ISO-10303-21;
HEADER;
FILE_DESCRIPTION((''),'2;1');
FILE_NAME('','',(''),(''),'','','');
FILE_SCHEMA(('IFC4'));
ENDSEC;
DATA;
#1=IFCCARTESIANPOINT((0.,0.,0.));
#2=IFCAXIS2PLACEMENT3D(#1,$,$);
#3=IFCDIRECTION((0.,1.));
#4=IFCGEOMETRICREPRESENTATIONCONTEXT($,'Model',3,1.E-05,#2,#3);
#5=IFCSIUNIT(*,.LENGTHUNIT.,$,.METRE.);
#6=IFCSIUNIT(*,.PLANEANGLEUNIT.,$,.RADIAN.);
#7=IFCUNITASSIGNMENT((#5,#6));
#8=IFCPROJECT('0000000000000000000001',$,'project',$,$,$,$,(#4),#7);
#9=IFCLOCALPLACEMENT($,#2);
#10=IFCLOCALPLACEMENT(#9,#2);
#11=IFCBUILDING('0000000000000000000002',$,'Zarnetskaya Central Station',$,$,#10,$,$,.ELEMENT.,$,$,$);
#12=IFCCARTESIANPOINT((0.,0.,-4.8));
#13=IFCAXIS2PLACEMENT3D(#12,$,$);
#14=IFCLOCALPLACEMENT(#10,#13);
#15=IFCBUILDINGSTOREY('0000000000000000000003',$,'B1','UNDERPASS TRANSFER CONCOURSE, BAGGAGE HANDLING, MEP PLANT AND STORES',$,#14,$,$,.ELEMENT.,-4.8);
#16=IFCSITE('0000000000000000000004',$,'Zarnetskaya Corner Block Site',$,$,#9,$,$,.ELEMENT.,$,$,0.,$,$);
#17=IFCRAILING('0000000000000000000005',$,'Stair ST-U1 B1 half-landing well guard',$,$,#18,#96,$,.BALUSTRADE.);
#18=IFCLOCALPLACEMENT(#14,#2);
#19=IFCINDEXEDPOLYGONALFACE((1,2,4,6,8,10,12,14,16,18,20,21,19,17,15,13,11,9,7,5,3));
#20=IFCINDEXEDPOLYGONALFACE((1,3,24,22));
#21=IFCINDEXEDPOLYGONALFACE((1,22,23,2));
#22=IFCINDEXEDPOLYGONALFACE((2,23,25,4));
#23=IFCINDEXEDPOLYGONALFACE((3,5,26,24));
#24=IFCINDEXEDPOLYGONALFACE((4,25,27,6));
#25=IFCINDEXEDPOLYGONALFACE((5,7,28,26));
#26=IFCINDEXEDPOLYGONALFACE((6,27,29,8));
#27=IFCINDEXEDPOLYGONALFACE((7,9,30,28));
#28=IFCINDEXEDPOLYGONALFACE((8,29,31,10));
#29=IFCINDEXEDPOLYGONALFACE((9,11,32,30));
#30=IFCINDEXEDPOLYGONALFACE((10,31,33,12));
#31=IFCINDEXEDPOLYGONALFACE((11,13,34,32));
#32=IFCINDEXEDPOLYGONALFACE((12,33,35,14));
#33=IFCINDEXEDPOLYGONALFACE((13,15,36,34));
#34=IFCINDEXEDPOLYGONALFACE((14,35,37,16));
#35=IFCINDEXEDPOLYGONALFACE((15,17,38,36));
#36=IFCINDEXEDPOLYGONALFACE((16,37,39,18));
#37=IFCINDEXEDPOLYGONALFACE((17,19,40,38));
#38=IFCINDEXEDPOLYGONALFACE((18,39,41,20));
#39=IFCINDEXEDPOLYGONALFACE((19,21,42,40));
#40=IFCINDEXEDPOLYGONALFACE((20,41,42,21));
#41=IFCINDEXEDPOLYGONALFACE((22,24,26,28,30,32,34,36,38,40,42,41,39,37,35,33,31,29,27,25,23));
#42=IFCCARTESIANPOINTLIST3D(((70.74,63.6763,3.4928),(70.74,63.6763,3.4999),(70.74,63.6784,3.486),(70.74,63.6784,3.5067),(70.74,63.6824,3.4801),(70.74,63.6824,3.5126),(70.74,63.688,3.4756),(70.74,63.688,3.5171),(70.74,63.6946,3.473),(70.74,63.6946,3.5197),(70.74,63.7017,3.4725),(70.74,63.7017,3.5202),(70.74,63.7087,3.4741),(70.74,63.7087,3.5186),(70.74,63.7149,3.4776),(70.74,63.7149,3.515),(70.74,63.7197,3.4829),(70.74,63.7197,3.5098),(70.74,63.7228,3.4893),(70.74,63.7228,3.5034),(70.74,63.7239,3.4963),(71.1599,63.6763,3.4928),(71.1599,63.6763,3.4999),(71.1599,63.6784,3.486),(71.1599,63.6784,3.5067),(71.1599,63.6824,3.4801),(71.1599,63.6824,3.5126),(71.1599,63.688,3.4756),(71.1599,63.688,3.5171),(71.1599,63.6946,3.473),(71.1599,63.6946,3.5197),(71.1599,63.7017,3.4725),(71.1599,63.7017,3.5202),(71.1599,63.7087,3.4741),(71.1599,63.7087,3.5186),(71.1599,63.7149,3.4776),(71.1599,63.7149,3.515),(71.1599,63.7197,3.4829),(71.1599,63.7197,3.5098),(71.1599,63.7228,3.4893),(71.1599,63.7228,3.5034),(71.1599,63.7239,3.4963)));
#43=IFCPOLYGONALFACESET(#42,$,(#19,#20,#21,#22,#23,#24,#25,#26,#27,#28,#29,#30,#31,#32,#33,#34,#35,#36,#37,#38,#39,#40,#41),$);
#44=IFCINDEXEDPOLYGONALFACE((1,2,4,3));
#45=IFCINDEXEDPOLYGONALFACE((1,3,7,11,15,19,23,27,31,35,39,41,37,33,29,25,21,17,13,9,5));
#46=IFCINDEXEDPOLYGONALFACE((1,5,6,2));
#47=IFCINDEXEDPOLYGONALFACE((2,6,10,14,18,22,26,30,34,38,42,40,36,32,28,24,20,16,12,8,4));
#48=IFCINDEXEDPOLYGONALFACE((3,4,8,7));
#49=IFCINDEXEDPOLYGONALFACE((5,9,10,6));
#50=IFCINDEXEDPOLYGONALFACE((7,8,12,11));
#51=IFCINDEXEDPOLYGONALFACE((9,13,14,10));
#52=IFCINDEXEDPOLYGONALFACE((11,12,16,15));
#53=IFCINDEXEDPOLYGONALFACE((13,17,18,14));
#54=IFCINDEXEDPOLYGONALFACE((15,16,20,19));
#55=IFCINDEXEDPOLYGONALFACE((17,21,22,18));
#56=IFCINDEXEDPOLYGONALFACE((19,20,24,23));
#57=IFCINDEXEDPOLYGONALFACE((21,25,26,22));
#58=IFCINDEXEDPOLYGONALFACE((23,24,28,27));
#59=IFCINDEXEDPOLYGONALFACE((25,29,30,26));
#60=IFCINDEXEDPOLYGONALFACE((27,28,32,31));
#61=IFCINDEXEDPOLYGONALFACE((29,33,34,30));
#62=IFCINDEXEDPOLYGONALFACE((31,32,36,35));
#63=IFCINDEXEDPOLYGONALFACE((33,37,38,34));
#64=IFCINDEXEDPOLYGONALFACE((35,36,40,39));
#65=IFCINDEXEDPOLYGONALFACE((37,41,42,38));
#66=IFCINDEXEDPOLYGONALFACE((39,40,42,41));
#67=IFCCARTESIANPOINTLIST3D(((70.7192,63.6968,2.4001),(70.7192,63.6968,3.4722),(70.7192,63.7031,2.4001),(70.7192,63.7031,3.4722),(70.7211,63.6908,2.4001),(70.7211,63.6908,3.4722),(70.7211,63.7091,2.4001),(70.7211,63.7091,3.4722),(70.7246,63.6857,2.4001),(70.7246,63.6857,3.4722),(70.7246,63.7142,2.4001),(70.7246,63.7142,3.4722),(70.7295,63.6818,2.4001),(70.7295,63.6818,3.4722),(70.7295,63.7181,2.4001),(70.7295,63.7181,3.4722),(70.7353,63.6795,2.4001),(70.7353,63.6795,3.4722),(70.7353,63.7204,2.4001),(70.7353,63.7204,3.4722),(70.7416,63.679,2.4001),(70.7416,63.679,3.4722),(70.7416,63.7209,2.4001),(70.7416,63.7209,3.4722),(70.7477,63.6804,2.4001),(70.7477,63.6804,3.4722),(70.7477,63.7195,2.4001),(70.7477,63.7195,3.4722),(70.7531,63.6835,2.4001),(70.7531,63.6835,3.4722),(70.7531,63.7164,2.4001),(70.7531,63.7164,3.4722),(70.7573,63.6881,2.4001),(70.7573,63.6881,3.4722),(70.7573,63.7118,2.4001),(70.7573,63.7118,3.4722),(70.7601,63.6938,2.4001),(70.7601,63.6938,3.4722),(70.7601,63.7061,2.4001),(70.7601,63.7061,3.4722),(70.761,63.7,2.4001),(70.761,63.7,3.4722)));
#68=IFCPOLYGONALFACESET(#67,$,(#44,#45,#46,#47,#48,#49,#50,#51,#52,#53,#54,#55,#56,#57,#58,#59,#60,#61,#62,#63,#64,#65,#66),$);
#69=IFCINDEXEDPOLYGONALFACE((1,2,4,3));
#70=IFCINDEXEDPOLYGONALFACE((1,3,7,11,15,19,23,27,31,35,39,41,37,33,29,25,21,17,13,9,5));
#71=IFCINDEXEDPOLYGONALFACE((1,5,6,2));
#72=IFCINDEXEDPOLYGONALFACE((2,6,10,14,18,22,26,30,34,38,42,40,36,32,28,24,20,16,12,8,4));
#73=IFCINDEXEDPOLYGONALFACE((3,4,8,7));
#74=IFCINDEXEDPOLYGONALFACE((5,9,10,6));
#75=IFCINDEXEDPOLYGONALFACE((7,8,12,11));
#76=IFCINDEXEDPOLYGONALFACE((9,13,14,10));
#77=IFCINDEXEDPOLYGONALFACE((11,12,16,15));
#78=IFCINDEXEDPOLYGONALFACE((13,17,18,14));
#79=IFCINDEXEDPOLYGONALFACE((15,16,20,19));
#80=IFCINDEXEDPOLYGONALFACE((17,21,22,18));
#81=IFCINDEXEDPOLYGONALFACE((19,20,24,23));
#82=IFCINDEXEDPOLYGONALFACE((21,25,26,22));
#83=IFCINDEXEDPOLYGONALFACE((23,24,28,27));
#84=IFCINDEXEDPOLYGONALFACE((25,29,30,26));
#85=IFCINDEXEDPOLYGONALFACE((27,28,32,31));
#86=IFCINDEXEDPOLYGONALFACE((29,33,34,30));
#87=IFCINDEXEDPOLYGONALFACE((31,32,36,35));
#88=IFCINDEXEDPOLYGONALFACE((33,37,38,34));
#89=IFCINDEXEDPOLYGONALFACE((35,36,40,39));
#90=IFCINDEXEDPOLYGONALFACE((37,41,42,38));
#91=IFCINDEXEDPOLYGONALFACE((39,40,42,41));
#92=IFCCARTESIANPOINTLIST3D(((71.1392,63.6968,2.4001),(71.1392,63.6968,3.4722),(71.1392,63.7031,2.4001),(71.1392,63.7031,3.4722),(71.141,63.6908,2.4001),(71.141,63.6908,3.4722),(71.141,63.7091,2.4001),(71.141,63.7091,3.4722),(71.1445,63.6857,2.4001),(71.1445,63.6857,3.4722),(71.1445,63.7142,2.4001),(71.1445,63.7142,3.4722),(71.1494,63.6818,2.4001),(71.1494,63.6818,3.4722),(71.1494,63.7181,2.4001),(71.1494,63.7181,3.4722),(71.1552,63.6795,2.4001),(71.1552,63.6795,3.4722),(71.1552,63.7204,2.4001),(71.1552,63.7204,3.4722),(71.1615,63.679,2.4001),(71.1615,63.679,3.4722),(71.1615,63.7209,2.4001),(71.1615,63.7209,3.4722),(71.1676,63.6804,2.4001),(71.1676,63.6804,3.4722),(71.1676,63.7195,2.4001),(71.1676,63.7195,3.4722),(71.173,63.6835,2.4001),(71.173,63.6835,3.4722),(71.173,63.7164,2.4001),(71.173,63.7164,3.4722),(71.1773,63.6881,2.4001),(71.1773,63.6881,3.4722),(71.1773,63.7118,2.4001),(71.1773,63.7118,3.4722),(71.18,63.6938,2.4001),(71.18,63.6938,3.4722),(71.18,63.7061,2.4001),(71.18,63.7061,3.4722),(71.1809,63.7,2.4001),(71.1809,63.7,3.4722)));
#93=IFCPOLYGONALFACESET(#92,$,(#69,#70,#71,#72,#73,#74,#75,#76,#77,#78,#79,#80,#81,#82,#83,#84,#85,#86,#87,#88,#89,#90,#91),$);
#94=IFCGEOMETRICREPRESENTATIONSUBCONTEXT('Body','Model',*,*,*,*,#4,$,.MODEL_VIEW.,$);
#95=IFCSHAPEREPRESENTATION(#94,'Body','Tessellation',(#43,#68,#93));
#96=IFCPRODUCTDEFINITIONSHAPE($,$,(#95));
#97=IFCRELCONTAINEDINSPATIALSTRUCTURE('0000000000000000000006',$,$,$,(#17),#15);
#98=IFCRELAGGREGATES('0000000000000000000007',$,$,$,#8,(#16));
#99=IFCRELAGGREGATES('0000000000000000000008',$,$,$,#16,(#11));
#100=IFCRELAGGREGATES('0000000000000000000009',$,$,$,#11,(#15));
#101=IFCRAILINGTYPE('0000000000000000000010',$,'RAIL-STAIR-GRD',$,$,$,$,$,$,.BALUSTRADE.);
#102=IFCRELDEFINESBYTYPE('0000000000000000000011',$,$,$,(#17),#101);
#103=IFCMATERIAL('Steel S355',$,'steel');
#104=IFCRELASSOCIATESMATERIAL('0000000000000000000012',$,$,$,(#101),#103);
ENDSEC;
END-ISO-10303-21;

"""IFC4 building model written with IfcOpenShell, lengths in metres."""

from ifc_helpers import new_model, si_unit, direction, frame, origin, origin_2d, place, context, subcontext, project, spatial, circle, extrude, material, type_object, element, save


model = new_model("IFC4")

# Units and contexts
model_context = context("Model", 3, precision=1e-05, world=origin(), true_north=direction((0.0, 1.0)))
body_context = subcontext(model_context, "Body", "Model", "MODEL_VIEW")
ifc_project = project(units=[si_unit("LENGTHUNIT", "METRE"), si_unit("PLANEANGLEUNIT", "RADIAN")], contexts=[model_context])

# Site, building, storey
site_placement = place(None, origin())
site = spatial("IfcSite", under=ifc_project, at=site_placement, Name="Zarnetskaya Corner Block Site", CompositionType="ELEMENT", RefElevation=0.0)
building_placement = place(site_placement, origin())
building = spatial("IfcBuilding", under=site, at=building_placement, Name="Zarnetskaya Central Station", CompositionType="ELEMENT")
storey_placement = place(building_placement, frame((0.0, 0.0, -4.8)))
storey = spatial("IfcBuildingStorey", under=building, at=storey_placement, Name="B1", Description="UNDERPASS TRANSFER CONCOURSE, BAGGAGE HANDLING, MEP PLANT AND STORES", CompositionType="ELEMENT", Elevation=-4.8)

# Railing
ifc_material_1 = material(Name="Steel S355", Category="steel")
railing_type_1 = type_object("IfcRailingType", Name="RAIL-STAIR-GRD", PredefinedType="BALUSTRADE", material=ifc_material_1)
railing_1_placement = place(storey_placement, frame((70.74, 63.7, 2.4001)))
element("IfcRailing", 1, at=railing_1_placement, inside=storey, type_object=railing_type_1, Name="Stair ST-U1 B1 half-landing well guard", PredefinedType="BALUSTRADE", context=body_context, shape_type="SweptSolid", body=[
    extrude(circle(Radius=0.0239, at=origin_2d()), frame((0.0, 0.0, 1.0962), z_axis=(1.0, 0.0, 0.0), x_axis=(0.0, 1.0, 0.0)), (0.0, 0.0, 1.0), 0.4199),
    extrude(circle(Radius=0.021, at=origin_2d()), origin(), (0.0, 0.0, 1.0), 1.072),
    extrude(circle(Radius=0.021, at=origin_2d()), frame((0.4199, 0.0, 0.0)), (0.0, 0.0, 1.0), 1.072),
])

save(model, "model.ifc")
